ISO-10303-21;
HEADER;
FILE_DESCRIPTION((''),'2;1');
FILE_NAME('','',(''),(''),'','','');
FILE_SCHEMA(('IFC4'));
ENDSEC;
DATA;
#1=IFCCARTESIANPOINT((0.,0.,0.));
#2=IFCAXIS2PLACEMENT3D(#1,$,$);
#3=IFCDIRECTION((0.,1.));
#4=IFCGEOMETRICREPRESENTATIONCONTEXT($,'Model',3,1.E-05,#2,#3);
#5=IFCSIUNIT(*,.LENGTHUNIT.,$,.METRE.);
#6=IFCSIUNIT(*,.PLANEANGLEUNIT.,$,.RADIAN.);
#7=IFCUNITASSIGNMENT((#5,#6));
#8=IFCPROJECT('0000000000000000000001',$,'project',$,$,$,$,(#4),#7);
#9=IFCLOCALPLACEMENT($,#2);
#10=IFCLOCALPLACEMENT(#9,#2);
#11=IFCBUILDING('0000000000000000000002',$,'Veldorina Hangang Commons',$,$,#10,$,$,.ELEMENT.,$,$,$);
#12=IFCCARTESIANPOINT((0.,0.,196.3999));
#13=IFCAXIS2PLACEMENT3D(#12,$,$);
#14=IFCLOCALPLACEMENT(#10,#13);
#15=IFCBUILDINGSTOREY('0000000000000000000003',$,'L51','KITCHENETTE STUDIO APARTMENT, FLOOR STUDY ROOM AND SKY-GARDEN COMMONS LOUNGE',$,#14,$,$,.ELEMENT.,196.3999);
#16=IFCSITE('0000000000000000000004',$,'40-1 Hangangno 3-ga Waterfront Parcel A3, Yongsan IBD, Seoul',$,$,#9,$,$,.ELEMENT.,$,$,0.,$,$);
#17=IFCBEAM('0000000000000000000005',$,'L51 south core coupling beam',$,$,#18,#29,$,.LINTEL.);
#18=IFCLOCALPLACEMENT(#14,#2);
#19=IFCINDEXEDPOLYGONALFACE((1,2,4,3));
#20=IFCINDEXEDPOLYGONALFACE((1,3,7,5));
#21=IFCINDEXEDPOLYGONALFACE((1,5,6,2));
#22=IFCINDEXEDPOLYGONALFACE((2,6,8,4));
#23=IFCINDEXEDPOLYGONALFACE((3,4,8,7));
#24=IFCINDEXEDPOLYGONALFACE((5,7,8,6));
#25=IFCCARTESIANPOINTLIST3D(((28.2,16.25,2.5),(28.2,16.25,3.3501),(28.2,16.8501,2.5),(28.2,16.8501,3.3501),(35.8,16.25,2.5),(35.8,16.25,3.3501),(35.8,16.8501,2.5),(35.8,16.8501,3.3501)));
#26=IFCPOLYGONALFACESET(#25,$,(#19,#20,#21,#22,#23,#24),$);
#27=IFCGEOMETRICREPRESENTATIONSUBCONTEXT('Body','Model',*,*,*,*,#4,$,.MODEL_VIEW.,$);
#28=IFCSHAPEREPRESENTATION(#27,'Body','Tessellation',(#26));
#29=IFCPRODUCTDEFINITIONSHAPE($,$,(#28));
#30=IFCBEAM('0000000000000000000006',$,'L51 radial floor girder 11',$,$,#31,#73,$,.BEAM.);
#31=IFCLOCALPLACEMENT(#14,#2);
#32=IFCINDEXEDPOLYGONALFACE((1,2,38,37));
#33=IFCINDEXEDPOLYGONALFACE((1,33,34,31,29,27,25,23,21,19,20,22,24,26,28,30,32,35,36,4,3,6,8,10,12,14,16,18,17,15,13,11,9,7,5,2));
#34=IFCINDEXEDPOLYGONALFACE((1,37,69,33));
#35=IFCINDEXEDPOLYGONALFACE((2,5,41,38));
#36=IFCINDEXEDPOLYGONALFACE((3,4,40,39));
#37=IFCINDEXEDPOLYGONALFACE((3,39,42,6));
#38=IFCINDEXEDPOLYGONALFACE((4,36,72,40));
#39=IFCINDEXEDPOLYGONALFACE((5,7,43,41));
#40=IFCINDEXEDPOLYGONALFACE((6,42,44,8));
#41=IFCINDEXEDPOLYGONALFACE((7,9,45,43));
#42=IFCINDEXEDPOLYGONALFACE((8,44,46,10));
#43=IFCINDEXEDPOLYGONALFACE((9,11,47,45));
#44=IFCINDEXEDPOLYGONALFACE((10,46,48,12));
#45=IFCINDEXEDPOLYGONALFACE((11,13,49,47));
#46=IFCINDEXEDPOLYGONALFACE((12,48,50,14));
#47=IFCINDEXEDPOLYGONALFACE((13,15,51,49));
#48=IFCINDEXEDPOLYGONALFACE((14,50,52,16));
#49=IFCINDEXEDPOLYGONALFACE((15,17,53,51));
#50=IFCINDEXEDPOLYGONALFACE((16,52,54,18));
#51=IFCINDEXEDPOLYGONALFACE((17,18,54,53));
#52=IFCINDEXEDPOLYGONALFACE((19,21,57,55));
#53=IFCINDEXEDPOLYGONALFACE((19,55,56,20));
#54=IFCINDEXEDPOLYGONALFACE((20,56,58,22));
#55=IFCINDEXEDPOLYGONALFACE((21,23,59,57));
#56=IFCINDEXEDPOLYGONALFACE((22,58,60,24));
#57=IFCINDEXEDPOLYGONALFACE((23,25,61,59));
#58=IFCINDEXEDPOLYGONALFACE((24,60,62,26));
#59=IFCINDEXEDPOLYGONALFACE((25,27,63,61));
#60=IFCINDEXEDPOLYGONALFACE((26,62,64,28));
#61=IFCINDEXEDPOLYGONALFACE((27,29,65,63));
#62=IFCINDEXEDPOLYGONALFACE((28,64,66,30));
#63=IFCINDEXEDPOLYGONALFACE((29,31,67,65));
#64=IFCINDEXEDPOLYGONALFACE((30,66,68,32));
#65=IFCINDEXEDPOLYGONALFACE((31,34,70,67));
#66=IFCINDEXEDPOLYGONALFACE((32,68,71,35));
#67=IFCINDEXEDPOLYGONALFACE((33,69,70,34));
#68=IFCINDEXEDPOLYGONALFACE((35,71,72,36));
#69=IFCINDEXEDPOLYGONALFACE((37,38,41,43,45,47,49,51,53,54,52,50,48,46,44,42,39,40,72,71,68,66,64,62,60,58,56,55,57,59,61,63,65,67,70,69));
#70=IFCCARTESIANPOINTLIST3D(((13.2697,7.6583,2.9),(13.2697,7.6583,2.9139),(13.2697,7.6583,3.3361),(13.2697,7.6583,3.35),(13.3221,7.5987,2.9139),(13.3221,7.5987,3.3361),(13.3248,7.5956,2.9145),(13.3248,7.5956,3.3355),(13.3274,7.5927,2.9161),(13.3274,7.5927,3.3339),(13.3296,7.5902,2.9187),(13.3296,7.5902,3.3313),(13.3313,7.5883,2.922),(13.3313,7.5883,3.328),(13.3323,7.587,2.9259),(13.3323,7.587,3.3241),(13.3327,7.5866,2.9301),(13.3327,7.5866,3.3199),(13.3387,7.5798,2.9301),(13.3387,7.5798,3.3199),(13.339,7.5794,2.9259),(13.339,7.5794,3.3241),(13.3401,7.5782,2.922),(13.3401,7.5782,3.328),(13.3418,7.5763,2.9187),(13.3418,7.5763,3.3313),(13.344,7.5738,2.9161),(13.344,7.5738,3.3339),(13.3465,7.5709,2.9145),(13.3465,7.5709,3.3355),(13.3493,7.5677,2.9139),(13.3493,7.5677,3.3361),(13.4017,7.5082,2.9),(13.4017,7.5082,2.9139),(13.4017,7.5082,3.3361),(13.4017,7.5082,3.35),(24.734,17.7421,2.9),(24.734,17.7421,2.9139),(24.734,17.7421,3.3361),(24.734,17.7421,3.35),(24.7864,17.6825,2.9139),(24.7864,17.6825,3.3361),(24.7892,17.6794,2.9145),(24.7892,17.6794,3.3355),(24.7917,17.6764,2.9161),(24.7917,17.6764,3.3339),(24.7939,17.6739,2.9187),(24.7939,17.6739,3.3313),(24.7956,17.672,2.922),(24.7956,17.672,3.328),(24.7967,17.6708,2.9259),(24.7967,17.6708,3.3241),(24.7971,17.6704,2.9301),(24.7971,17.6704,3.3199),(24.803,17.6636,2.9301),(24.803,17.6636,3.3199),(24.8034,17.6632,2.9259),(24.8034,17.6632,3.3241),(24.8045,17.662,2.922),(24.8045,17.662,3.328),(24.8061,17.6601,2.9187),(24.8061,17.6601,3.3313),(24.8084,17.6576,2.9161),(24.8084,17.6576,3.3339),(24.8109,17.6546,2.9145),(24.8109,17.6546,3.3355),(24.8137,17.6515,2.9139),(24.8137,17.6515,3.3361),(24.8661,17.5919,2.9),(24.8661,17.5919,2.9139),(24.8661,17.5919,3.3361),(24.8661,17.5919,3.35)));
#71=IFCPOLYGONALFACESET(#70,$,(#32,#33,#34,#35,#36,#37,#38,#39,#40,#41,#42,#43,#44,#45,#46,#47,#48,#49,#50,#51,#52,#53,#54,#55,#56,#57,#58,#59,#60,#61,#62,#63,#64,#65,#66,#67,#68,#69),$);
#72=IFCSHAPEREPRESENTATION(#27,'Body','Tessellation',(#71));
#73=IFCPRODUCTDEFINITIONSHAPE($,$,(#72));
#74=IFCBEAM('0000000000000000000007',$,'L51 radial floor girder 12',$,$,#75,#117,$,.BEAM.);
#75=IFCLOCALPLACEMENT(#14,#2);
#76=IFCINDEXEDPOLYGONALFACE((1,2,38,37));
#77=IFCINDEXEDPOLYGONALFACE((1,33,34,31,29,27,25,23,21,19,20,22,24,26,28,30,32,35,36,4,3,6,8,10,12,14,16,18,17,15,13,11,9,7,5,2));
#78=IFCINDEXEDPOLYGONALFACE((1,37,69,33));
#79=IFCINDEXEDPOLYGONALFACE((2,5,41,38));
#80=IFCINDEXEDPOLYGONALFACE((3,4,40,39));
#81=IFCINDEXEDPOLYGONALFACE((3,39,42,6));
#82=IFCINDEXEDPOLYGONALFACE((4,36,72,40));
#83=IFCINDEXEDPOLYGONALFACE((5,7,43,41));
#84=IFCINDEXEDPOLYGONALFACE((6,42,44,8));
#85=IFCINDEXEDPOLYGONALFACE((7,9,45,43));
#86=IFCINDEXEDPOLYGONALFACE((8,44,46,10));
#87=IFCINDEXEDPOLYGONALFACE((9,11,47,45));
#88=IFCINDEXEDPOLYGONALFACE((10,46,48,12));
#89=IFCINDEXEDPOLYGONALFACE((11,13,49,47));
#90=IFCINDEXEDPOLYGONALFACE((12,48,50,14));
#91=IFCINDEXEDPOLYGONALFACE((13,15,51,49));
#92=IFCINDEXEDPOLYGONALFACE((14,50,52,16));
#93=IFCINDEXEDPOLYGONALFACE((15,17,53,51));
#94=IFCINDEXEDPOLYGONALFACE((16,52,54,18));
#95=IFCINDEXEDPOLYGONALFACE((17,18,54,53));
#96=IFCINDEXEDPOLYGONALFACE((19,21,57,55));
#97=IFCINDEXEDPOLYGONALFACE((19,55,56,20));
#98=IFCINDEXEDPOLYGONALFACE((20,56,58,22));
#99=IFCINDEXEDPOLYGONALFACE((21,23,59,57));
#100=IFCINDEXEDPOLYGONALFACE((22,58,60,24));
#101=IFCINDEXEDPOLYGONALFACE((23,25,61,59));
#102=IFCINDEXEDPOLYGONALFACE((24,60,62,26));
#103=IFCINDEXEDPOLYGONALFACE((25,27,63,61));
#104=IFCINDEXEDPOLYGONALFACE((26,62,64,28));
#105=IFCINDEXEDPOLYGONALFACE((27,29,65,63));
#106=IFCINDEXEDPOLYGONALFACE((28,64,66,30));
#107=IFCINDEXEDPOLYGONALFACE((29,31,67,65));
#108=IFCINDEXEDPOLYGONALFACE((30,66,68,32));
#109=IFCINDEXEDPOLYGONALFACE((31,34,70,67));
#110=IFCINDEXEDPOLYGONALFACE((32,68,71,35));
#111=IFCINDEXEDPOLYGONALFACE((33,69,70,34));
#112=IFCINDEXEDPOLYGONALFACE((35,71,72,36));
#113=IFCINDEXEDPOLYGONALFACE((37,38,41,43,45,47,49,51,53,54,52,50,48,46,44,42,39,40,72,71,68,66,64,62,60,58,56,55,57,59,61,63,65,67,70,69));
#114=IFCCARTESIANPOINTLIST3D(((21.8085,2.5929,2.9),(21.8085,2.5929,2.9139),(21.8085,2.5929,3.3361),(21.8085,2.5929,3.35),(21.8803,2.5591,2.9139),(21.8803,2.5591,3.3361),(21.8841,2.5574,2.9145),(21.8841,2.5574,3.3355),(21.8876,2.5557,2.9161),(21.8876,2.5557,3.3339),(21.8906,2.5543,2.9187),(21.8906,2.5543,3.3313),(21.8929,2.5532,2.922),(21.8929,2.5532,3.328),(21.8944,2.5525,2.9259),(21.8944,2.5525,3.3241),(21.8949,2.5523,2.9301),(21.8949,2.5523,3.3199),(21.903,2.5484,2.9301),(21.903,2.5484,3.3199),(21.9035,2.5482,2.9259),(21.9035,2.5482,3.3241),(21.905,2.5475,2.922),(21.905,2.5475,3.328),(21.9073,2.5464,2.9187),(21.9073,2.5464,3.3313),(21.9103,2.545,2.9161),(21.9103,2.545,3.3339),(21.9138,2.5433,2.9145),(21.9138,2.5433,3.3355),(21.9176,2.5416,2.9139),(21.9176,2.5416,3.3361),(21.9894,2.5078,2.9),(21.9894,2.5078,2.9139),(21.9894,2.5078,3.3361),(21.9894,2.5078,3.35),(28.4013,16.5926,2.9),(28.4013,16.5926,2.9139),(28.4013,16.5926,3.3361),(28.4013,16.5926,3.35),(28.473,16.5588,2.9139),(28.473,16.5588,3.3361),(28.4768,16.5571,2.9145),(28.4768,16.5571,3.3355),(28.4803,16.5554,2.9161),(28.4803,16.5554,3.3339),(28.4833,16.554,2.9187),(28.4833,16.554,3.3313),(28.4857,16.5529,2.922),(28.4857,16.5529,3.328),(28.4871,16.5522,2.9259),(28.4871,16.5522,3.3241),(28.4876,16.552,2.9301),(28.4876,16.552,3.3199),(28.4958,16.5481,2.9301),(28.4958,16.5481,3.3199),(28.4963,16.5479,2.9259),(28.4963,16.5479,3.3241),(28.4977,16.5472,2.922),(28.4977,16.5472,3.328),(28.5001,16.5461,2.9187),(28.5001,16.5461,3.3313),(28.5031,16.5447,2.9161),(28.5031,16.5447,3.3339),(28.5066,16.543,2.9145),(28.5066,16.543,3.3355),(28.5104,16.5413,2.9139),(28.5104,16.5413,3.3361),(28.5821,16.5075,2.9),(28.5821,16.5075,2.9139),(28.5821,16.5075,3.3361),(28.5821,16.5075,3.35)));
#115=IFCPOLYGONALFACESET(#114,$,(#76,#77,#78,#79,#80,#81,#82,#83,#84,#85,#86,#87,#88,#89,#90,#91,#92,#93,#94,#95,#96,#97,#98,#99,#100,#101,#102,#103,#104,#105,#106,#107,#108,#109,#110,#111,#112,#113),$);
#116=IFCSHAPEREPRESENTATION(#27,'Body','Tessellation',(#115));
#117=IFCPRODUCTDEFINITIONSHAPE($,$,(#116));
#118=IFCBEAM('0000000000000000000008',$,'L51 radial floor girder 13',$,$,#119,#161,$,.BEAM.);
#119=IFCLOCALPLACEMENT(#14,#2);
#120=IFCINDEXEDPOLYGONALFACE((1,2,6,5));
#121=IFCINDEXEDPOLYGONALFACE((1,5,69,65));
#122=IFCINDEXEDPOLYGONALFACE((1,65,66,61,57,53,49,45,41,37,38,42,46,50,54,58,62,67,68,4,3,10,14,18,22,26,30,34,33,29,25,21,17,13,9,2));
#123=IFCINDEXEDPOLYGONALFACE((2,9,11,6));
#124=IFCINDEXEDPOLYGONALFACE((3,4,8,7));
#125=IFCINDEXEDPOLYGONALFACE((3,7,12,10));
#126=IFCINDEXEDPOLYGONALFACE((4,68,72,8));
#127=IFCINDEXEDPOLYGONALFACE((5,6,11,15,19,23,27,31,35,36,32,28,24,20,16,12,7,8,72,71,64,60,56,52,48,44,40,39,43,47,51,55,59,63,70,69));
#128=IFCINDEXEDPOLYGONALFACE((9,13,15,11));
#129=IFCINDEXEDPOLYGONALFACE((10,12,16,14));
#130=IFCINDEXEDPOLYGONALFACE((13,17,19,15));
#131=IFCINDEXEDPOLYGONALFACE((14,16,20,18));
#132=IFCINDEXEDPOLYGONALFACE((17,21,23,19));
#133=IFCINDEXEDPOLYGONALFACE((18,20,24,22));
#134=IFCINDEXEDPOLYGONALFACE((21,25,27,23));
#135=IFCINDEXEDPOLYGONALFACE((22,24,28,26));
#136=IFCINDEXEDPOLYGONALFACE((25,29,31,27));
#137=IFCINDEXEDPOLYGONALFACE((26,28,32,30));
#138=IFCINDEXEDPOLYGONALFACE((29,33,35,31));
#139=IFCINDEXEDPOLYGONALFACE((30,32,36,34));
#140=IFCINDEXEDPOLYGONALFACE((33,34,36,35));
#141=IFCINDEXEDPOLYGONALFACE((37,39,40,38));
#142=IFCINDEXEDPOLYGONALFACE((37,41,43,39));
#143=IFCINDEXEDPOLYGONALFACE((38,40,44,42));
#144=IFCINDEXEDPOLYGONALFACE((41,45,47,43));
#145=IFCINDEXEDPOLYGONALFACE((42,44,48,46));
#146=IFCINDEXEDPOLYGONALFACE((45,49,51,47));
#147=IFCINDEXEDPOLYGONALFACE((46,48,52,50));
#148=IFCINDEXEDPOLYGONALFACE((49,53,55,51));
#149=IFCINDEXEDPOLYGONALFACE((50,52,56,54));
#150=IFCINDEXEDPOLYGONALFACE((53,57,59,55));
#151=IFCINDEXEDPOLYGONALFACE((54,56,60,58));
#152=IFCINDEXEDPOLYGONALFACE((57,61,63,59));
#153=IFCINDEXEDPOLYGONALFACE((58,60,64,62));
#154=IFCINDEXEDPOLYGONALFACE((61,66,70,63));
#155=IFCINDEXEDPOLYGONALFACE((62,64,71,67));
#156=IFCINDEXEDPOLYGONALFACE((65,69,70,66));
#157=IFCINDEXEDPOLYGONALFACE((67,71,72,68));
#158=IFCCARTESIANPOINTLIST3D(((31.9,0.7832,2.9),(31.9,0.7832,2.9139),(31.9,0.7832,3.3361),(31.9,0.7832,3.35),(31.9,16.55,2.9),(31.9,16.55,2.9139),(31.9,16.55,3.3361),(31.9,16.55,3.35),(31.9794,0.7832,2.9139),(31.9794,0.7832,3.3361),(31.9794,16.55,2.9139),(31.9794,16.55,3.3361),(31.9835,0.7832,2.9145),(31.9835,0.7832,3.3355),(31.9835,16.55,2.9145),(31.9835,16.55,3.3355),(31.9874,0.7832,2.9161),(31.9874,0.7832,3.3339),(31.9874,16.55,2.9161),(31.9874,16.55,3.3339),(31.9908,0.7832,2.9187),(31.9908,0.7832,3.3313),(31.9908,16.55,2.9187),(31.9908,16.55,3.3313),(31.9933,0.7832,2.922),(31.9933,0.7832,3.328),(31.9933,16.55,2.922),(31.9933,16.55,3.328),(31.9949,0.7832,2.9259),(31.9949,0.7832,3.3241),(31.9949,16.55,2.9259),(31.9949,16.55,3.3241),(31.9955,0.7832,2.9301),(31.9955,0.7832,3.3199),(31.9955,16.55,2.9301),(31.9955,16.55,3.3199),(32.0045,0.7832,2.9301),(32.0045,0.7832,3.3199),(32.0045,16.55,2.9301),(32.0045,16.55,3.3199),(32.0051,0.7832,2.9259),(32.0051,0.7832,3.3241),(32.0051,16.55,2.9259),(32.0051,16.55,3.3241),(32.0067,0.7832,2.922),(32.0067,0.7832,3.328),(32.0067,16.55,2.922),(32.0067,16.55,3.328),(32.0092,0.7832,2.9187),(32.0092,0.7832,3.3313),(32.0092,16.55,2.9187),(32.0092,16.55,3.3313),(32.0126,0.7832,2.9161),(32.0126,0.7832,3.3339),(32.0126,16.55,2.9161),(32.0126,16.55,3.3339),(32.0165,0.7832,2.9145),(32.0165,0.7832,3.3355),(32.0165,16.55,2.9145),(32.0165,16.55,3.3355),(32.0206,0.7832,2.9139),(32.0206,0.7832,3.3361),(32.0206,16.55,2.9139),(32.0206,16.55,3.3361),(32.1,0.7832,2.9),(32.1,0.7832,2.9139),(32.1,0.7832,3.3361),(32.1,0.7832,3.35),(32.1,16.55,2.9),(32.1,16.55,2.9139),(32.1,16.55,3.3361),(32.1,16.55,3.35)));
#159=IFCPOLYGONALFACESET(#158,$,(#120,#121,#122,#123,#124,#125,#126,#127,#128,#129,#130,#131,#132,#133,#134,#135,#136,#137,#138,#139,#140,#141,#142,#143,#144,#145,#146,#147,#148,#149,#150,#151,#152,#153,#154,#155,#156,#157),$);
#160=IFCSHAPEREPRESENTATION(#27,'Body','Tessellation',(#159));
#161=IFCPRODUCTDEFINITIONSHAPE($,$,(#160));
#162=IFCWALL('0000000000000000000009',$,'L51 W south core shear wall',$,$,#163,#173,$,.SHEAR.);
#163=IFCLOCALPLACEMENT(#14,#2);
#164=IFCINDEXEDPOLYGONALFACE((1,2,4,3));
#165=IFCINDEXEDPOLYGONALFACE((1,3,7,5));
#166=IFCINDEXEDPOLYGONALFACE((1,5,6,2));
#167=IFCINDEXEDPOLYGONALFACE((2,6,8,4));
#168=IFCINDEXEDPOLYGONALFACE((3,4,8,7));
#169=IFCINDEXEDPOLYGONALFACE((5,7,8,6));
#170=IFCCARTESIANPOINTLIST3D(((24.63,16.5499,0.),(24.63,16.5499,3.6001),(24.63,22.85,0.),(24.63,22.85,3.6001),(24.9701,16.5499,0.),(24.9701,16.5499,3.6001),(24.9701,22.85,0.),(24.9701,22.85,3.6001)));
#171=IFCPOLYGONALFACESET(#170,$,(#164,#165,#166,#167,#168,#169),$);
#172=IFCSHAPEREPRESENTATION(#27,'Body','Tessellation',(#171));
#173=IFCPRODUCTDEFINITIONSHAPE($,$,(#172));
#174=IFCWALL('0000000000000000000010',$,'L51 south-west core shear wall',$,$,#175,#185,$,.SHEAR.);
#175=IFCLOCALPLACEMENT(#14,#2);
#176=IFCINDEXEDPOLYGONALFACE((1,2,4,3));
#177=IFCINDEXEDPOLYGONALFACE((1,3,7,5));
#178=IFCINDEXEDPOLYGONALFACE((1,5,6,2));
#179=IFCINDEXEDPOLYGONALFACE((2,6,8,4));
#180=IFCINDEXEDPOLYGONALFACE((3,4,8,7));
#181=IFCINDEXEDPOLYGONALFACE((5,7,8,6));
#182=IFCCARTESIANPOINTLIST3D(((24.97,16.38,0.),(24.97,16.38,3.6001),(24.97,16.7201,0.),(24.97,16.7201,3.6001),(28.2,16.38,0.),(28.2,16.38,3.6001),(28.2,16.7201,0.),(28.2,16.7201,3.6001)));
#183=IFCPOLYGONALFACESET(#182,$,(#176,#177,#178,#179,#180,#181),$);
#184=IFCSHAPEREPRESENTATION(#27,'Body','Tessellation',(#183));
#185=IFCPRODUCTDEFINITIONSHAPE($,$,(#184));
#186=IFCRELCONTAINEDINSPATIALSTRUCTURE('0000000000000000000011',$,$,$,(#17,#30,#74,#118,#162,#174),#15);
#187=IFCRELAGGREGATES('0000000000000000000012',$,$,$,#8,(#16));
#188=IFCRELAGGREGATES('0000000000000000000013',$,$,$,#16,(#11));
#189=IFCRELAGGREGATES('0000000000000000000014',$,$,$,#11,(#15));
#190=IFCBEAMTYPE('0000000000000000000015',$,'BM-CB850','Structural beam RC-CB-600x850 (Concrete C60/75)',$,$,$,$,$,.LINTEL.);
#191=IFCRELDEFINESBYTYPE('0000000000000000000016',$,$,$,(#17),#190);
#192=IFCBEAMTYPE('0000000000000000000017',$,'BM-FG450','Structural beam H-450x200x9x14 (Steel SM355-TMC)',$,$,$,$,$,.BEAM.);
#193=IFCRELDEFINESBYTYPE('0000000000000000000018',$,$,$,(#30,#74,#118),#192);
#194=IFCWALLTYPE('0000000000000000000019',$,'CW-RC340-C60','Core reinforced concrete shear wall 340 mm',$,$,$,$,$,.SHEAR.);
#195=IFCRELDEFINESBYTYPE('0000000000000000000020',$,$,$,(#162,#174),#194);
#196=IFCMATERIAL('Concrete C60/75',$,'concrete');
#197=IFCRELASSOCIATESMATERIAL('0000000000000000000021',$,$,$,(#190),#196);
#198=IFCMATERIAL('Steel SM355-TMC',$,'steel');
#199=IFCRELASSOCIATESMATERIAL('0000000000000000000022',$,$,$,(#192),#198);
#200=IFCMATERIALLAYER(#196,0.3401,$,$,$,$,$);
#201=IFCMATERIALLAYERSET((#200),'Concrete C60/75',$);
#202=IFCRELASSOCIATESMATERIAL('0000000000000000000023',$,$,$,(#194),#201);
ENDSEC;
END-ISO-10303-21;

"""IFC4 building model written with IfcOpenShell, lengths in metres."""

from ifc_helpers import new_model, si_unit, direction, frame, frame_2d, origin, origin_2d, place, context, subcontext, project, spatial, rectangle, i_section, extrude, material, layer, layer_set, material_profile, profile_set, type_object, element, save


model = new_model("IFC4")

# Units and contexts
model_context = context("Model", 3, precision=1e-05, world=origin(), true_north=direction((0.0, 1.0)))
body_context = subcontext(model_context, "Body", "Model", "MODEL_VIEW")
ifc_project = project(units=[si_unit("LENGTHUNIT", "METRE"), si_unit("PLANEANGLEUNIT", "RADIAN")], contexts=[model_context])

# Site, building, storey
site_placement = place(None, origin())
site = spatial("IfcSite", under=ifc_project, at=site_placement, Name="40-1 Hangangno 3-ga Waterfront Parcel A3, Yongsan IBD, Seoul", CompositionType="ELEMENT", RefElevation=0.0)
building_placement = place(site_placement, origin())
building = spatial("IfcBuilding", under=site, at=building_placement, Name="Veldorina Hangang Commons", CompositionType="ELEMENT")
storey_placement = place(building_placement, frame((0.0, 0.0, 196.3999)))
storey = spatial("IfcBuildingStorey", under=building, at=storey_placement, Name="L51", Description="KITCHENETTE STUDIO APARTMENT, FLOOR STUDY ROOM AND SKY-GARDEN COMMONS LOUNGE", CompositionType="ELEMENT", Elevation=196.3999)

# Beams
ifc_material_1 = material(Name="Concrete C60/75", Category="concrete")
ifc_material_profile_1 = material_profile(ifc_material_1, rectangle(XDim=0.6001, YDim=0.8501, at=origin_2d()), Name="RC-CB-600x850")
ifc_profile_set_1 = profile_set([ifc_material_profile_1], Name="Concrete C60/75")
beam_type_1 = type_object("IfcBeamType", Name="BM-CB850", Description="Structural beam RC-CB-600x850 (Concrete C60/75)", PredefinedType="LINTEL", material=ifc_profile_set_1)
beam_1_placement = place(storey_placement, frame((28.2, 16.55, 2.925), z_axis=(1.0, 0.0, 0.0), x_axis=(0.0, 1.0, 0.0)))
element("IfcBeam", 1, at=beam_1_placement, inside=storey, type_object=beam_type_1, Name="L51 south core coupling beam", PredefinedType="LINTEL", context=body_context, shape_type="SweptSolid", body=[
    extrude(rectangle(XDim=0.6001, YDim=0.8501, at=origin_2d()), origin(), (0.0, 0.0, 1.0), 7.6001),
])
ifc_material_2 = material(Name="Steel SM355-TMC", Category="steel")
ifc_material_profile_2 = material_profile(ifc_material_2, i_section(OverallWidth=0.2, OverallDepth=0.45, WebThickness=0.009, FlangeThickness=0.0139, FilletRadius=0.0161, at=origin_2d()), Name="H-450x200x9x14")
ifc_profile_set_2 = profile_set([ifc_material_profile_2], Name="Steel SM355-TMC")
beam_type_2 = type_object("IfcBeamType", Name="BM-FG450", Description="Structural beam H-450x200x9x14 (Steel SM355-TMC)", PredefinedType="BEAM", material=ifc_profile_set_2)
beam_2_placement = place(storey_placement, frame((24.8, 17.667, 3.125), z_axis=(-0.750872, -0.660447, 0.0), x_axis=(0.660447, -0.750872, 0.0)))
element("IfcBeam", 2, at=beam_2_placement, inside=storey, type_object=beam_type_2, Name="L51 radial floor girder 11", PredefinedType="BEAM", context=body_context, shape_type="SweptSolid", body=[
    extrude(i_section(OverallWidth=0.2, OverallDepth=0.45, WebThickness=0.009, FlangeThickness=0.0139, FilletRadius=0.0161, at=origin_2d()), origin(), (0.0, 0.0, 1.0), 15.2681),
])
beam_3_placement = place(storey_placement, frame((28.4917, 16.55, 3.125), z_axis=(-0.426043, -0.904703, 0.0), x_axis=(0.904703, -0.426043, 0.0)))
element("IfcBeam", 3, at=beam_3_placement, inside=storey, type_object=beam_type_2, Name="L51 radial floor girder 12", PredefinedType="BEAM", context=body_context, shape_type="SweptSolid", body=[
    extrude(i_section(OverallWidth=0.2, OverallDepth=0.45, WebThickness=0.009, FlangeThickness=0.0139, FilletRadius=0.0161, at=origin_2d()), origin(), (0.0, 0.0, 1.0), 15.4744),
])
beam_4_placement = place(storey_placement, frame((32.0, 16.55, 3.125), z_axis=(0.0, -1.0, 0.0), x_axis=(1.0, 0.0, 0.0)))
element("IfcBeam", 4, at=beam_4_placement, inside=storey, type_object=beam_type_2, Name="L51 radial floor girder 13", PredefinedType="BEAM", context=body_context, shape_type="SweptSolid", body=[
    extrude(i_section(OverallWidth=0.2, OverallDepth=0.45, WebThickness=0.009, FlangeThickness=0.0139, FilletRadius=0.0161, at=origin_2d()), origin(), (0.0, 0.0, 1.0), 15.7668),
])

# Walls
ifc_layer_1 = layer(ifc_material_1, 0.3401)
ifc_layer_set_1 = layer_set([ifc_layer_1], Name="Concrete C60/75")
wall_type_1 = type_object("IfcWallType", Name="CW-RC340-C60", Description="Core reinforced concrete shear wall 340 mm", PredefinedType="SHEAR", material=ifc_layer_set_1)
wall_1_placement = place(storey_placement, frame((24.8, 16.55, 0.0), z_axis=(0.0, 0.0, 1.0), x_axis=(0.0, 1.0, 0.0)))
element("IfcWall", 5, at=wall_1_placement, inside=storey, type_object=wall_type_1, Name="L51 W south core shear wall", PredefinedType="SHEAR", context=body_context, shape_type="SweptSolid", body=[
    extrude(rectangle(XDim=6.3, YDim=0.3401, at=frame_2d((3.1499, 0.0))), origin(), (0.0, 0.0, 1.0), 3.6001),
])
wall_2_placement = place(storey_placement, frame((24.97, 16.55, 0.0), z_axis=(0.0, 0.0, 1.0), x_axis=(1.0, 0.0, 0.0)))
element("IfcWall", 6, at=wall_2_placement, inside=storey, type_object=wall_type_1, Name="L51 south-west core shear wall", PredefinedType="SHEAR", context=body_context, shape_type="SweptSolid", body=[
    extrude(rectangle(XDim=3.23, YDim=0.3401, at=frame_2d((1.615, 0.0))), origin(), (0.0, 0.0, 1.0), 3.6001),
])

save(model, "model.ifc")
